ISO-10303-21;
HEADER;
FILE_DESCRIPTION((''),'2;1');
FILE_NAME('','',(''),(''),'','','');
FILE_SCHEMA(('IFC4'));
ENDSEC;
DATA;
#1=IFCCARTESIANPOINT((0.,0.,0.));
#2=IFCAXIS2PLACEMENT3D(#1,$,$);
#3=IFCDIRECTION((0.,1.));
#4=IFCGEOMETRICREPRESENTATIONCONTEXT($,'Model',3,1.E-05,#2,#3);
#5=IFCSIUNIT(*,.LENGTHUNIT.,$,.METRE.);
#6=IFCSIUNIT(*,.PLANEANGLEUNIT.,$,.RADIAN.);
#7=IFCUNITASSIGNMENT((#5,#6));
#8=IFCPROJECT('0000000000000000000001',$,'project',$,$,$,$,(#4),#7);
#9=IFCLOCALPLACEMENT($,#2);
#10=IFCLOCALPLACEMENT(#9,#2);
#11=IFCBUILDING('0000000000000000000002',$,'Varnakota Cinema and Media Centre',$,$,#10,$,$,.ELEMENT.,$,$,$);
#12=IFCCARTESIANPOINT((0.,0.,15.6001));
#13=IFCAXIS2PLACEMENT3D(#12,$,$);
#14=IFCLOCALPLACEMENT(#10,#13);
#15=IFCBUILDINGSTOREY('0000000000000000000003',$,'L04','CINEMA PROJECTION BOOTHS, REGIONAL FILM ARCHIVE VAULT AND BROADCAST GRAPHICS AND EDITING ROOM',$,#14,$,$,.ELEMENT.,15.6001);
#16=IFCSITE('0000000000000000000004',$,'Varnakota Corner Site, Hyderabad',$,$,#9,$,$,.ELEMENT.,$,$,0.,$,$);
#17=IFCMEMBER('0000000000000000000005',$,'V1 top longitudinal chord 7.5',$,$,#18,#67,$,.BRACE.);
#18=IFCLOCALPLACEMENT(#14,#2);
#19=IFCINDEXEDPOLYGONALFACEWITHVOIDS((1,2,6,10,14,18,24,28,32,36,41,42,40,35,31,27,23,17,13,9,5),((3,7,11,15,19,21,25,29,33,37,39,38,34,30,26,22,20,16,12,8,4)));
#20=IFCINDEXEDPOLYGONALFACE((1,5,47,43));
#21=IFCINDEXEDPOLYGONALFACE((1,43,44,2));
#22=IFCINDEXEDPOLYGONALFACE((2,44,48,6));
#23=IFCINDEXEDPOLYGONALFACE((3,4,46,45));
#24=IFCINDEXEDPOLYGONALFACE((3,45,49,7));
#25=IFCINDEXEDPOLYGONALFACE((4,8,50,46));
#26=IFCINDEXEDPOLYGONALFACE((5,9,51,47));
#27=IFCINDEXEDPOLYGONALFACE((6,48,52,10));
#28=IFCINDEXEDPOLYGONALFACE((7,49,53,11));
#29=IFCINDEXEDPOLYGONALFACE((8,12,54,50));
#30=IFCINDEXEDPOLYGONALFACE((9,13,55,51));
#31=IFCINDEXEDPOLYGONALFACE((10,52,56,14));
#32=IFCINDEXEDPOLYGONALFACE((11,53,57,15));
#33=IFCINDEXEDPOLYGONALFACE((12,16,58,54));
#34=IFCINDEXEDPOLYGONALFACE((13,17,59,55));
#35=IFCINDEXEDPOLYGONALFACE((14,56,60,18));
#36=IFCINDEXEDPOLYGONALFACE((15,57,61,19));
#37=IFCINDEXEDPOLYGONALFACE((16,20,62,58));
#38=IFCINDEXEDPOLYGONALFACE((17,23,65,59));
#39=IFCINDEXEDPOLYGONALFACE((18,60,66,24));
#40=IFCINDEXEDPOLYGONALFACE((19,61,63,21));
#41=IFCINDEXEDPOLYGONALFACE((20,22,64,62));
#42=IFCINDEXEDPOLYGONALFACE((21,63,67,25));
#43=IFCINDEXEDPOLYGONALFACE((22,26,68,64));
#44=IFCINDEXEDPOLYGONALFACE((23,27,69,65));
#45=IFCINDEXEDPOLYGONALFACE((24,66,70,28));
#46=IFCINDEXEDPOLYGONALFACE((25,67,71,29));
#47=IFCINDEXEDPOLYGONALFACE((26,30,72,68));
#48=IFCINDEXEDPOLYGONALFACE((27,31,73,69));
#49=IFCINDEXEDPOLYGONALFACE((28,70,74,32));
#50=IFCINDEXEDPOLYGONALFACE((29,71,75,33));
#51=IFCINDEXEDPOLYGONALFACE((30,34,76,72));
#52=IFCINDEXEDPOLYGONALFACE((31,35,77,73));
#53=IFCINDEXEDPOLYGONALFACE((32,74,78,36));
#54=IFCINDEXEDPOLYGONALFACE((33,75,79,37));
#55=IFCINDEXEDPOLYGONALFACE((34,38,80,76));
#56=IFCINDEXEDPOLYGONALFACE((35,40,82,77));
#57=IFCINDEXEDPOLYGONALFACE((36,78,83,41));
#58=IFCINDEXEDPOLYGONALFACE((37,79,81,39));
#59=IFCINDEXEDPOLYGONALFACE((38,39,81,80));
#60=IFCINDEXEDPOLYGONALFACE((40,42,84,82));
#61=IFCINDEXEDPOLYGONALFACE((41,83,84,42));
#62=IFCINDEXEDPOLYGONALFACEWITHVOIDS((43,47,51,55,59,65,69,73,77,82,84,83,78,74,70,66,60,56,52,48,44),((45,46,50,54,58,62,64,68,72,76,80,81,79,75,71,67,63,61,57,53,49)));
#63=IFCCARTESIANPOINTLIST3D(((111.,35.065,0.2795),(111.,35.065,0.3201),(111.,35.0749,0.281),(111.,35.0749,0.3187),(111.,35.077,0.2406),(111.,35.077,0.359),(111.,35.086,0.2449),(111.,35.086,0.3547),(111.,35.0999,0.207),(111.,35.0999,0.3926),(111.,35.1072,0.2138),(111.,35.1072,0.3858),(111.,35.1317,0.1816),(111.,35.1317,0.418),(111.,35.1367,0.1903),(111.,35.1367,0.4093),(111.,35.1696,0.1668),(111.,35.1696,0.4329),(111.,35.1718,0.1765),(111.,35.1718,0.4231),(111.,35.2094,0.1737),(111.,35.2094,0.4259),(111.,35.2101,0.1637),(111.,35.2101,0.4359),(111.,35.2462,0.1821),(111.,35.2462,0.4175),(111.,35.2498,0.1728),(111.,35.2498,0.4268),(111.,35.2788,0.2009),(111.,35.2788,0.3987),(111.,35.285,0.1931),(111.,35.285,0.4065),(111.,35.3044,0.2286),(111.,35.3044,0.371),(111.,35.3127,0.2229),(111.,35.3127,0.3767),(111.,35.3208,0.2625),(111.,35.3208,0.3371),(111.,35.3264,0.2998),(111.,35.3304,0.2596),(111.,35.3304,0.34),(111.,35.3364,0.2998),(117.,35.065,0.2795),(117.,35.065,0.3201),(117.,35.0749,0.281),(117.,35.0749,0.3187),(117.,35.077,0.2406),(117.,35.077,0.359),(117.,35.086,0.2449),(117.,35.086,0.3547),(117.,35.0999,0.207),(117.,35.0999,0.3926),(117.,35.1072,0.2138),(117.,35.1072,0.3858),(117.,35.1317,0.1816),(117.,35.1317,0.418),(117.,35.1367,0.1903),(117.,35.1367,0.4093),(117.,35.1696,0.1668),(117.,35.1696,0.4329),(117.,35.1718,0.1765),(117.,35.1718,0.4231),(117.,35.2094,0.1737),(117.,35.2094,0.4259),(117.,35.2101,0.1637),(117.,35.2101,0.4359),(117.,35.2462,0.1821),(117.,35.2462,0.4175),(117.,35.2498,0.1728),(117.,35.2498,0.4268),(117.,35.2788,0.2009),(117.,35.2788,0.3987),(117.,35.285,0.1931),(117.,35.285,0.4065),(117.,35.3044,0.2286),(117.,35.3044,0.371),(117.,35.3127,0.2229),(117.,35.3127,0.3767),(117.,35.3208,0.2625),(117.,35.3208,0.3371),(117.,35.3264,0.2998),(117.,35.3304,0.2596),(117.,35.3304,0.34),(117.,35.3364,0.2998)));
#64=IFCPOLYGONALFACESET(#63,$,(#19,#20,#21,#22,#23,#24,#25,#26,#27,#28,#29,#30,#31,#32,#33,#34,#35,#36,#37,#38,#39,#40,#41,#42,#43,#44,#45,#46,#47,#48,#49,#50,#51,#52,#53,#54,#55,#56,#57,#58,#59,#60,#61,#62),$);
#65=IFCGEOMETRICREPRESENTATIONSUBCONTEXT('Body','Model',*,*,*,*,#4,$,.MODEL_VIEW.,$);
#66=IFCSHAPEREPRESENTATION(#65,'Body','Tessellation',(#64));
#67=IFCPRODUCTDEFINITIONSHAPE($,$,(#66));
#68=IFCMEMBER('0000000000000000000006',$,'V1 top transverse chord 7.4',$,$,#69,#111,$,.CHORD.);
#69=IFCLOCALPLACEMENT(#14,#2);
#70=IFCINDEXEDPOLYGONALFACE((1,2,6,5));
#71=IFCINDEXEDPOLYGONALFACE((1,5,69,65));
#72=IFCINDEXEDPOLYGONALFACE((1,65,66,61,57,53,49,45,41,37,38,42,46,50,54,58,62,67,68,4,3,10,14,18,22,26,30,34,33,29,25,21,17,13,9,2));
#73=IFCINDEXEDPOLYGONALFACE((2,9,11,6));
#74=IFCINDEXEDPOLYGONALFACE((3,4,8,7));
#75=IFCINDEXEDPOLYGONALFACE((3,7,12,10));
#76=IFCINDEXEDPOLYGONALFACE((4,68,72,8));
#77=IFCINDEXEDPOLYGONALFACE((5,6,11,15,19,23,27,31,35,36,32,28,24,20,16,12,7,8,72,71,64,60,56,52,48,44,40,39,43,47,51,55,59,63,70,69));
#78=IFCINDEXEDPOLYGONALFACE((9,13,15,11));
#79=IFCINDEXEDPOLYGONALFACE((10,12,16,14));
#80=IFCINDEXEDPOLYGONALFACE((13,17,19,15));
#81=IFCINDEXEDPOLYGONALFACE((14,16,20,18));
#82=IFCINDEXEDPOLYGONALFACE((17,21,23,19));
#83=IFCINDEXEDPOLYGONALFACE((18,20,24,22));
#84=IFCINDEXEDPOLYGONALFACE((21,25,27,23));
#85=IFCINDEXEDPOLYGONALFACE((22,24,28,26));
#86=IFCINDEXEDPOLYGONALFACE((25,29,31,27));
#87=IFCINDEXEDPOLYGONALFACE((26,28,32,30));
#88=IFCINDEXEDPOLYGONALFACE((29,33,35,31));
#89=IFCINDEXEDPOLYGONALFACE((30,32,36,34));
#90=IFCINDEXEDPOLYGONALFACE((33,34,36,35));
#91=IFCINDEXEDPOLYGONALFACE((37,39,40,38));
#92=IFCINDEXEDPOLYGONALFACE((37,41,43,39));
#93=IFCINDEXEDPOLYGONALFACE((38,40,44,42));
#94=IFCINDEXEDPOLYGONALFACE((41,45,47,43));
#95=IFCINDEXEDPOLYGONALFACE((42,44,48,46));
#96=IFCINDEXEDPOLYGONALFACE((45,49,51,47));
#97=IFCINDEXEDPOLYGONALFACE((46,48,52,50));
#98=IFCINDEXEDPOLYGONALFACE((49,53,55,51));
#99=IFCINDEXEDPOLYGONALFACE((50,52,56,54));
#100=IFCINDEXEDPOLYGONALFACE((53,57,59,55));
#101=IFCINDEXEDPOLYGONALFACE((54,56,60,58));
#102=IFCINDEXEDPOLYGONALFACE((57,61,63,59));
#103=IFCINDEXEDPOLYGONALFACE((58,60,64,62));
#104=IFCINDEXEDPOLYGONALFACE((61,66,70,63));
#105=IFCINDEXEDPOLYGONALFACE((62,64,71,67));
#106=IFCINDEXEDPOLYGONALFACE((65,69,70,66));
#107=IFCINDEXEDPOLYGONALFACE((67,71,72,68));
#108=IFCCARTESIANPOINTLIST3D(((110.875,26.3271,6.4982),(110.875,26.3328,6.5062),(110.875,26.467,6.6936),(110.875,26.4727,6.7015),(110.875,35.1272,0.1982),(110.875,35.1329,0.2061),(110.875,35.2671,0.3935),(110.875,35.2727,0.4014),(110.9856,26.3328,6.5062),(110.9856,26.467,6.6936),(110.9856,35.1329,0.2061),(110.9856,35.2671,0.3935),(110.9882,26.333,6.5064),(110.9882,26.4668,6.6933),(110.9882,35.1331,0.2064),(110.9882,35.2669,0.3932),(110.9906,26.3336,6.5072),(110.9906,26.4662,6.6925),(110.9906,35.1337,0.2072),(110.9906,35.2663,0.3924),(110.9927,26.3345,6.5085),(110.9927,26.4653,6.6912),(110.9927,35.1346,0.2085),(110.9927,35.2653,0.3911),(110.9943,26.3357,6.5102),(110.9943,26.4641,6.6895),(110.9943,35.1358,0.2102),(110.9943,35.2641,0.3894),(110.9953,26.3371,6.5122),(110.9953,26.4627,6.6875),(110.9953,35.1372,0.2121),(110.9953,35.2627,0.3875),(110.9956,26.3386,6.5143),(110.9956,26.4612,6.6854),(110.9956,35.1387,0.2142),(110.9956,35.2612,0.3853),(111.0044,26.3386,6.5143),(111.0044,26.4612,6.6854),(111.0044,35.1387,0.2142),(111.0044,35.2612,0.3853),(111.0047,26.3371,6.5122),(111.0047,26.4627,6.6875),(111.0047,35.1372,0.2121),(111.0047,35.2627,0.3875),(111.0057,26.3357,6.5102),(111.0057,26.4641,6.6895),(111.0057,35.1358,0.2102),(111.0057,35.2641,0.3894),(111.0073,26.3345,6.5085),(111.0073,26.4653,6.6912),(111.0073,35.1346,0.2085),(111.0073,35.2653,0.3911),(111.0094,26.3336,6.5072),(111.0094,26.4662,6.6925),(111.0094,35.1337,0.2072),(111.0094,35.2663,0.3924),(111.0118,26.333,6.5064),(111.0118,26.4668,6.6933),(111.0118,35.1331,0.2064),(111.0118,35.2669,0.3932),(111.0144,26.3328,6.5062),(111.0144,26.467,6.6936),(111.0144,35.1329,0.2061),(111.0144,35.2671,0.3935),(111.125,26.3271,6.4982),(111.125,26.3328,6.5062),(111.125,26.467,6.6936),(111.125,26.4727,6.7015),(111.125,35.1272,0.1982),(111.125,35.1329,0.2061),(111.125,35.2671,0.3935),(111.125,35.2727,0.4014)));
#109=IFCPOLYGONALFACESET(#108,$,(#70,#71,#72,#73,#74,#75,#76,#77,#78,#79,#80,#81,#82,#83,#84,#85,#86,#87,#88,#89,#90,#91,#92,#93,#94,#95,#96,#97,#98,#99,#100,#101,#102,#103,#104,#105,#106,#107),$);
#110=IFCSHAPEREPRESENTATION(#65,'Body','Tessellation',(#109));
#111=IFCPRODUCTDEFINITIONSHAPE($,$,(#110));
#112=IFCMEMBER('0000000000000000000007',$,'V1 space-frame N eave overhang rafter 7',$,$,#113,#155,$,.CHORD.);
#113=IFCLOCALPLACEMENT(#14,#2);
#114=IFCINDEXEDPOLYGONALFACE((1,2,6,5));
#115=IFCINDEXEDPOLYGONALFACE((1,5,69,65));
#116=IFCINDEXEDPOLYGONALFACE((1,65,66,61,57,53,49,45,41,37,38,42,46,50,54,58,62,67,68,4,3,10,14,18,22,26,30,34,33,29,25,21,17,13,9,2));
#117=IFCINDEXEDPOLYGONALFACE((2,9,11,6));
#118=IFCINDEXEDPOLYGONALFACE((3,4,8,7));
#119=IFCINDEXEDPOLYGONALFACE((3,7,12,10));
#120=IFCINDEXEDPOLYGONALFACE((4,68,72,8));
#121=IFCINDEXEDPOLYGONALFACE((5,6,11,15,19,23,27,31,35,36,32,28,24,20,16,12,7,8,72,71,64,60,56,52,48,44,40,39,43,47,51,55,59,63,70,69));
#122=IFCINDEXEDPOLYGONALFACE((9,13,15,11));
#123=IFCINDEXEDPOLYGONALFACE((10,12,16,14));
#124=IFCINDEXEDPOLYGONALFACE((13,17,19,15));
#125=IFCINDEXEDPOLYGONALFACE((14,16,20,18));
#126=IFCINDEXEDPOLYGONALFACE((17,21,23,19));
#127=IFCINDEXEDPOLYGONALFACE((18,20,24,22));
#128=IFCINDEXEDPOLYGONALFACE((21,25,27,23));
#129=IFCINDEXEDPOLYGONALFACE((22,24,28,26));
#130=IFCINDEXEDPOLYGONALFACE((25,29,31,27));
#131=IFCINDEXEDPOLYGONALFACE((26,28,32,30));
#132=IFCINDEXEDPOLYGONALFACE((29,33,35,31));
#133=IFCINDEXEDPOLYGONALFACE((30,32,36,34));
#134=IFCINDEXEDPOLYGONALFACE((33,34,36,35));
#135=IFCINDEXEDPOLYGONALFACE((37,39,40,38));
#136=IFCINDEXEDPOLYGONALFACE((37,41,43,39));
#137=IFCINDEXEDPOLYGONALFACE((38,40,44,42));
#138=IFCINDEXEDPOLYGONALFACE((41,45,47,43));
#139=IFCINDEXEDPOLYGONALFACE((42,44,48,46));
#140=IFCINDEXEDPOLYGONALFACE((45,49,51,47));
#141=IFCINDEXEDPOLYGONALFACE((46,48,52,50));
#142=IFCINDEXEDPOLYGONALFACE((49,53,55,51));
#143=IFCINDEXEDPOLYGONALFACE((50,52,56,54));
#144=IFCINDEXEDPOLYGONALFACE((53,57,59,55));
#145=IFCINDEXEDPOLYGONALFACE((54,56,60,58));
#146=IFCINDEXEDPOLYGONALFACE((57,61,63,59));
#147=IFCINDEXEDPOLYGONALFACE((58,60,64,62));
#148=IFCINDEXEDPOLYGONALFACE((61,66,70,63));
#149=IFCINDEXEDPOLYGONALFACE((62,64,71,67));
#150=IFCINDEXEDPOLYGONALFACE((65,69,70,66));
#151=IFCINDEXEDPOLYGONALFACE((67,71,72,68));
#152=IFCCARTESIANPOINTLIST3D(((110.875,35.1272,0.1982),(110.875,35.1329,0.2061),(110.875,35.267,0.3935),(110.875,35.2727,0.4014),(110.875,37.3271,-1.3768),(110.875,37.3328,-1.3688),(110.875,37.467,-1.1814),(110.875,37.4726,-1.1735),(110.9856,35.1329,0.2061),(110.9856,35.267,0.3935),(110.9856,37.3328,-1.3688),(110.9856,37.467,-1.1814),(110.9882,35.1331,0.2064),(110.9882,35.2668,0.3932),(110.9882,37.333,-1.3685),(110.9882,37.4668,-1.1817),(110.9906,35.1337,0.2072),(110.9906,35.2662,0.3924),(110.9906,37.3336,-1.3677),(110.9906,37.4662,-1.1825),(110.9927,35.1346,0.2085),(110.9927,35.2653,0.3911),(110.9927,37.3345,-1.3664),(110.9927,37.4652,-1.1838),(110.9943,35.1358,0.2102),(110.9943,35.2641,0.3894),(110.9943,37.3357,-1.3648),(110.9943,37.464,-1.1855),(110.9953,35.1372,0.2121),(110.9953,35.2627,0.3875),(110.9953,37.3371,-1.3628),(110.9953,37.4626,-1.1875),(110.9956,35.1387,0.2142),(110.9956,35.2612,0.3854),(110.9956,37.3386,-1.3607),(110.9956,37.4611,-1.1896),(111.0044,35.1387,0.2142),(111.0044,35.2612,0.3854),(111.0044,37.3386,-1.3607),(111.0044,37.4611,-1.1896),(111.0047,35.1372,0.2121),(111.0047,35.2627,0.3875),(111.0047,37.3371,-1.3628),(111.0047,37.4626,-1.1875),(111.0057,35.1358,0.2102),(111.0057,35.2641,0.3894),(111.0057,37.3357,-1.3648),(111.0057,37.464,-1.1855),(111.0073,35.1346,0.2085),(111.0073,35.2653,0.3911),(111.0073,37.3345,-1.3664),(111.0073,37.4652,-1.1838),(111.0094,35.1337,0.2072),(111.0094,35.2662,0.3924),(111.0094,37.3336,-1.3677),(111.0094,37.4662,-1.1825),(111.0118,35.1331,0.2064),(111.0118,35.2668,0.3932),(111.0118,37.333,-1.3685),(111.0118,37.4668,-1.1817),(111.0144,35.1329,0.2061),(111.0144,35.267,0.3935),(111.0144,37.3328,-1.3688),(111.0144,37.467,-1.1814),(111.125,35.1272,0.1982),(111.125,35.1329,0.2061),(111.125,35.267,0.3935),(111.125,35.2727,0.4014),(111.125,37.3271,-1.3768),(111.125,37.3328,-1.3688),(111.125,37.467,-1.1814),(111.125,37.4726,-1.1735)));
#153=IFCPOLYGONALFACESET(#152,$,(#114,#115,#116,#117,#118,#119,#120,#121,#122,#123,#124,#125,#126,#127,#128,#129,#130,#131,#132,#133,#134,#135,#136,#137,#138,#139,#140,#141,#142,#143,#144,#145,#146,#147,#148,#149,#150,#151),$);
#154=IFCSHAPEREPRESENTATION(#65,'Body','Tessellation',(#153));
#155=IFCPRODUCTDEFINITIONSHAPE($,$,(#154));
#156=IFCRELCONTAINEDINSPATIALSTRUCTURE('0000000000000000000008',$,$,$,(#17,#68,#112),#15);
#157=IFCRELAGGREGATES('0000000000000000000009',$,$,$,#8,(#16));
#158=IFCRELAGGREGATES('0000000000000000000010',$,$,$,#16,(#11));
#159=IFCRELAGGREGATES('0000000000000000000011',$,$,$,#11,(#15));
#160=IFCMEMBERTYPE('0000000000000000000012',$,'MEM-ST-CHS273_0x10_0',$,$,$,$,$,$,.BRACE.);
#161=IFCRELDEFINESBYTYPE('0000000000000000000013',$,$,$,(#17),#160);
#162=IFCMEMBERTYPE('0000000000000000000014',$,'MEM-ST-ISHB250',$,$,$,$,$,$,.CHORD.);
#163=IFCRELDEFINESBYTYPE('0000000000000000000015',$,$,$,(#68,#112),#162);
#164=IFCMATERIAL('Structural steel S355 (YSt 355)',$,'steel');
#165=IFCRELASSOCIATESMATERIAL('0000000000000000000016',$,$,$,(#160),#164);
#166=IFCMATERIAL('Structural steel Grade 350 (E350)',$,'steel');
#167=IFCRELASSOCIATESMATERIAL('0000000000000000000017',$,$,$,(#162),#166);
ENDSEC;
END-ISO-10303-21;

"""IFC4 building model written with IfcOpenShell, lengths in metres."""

from ifc_helpers import new_model, si_unit, direction, frame, origin, origin_2d, place, context, subcontext, project, spatial, hollow_circle, i_section, extrude, material, material_profile, profile_set, type_object, element, save


model = new_model("IFC4")

# Units and contexts
model_context = context("Model", 3, precision=1e-05, world=origin(), true_north=direction((0.0, 1.0)))
body_context = subcontext(model_context, "Body", "Model", "MODEL_VIEW")
ifc_project = project(units=[si_unit("LENGTHUNIT", "METRE"), si_unit("PLANEANGLEUNIT", "RADIAN")], contexts=[model_context])

# Site, building, storey
site_placement = place(None, origin())
site = spatial("IfcSite", under=ifc_project, at=site_placement, Name="Varnakota Corner Site, Hyderabad", CompositionType="ELEMENT", RefElevation=0.0)
building_placement = place(site_placement, origin())
building = spatial("IfcBuilding", under=site, at=building_placement, Name="Varnakota Cinema and Media Centre", CompositionType="ELEMENT")
storey_placement = place(building_placement, frame((0.0, 0.0, 15.6001)))
storey = spatial("IfcBuildingStorey", under=building, at=storey_placement, Name="L04", Description="CINEMA PROJECTION BOOTHS, REGIONAL FILM ARCHIVE VAULT AND BROADCAST GRAPHICS AND EDITING ROOM", CompositionType="ELEMENT", Elevation=15.6001)

# Members
ifc_material_1 = material(Name="Structural steel S355 (YSt 355)", Category="steel")
ifc_material_profile_1 = material_profile(ifc_material_1, hollow_circle(Radius=0.1365, WallThickness=0.01, at=origin_2d()), Name="CHS 273.0x10.0")
ifc_profile_set_1 = profile_set([ifc_material_profile_1], Name="Structural steel S355 (YSt 355)")
member_type_1 = type_object("IfcMemberType", Name="MEM-ST-CHS273_0x10_0", PredefinedType="BRACE", material=ifc_profile_set_1)
member_1_placement = place(storey_placement, frame((111.0, 35.2, 0.2998), z_axis=(1.0, 0.0, 0.0), x_axis=(0.0, 1.0, 0.0)))
element("IfcMember", 1, at=member_1_placement, inside=storey, type_object=member_type_1, Name="V1 top longitudinal chord 7.5", PredefinedType="BRACE", context=body_context, shape_type="SweptSolid", body=[
    extrude(hollow_circle(Radius=0.1365, WallThickness=0.01, at=origin_2d()), origin(), (0.0, 0.0, 1.0), 6.0),
])
ifc_material_2 = material(Name="Structural steel Grade 350 (E350)", Category="steel")
ifc_material_profile_2 = material_profile(ifc_material_2, i_section(OverallWidth=0.25, OverallDepth=0.25, WebThickness=0.0088, FlangeThickness=0.0098, FilletRadius=0.01, at=origin_2d()), Name="ISHB 250")
ifc_profile_set_2 = profile_set([ifc_material_profile_2], Name="Structural steel Grade 350 (E350)")
member_type_2 = type_object("IfcMemberType", Name="MEM-ST-ISHB250", PredefinedType="CHORD", material=ifc_profile_set_2)
member_2_placement = place(storey_placement, frame((111.0, 26.3999, 6.5999), z_axis=(0.0, 0.813108, -0.582113), x_axis=(-1.0, 0.0, 0.0)))
element("IfcMember", 2, at=member_2_placement, inside=storey, type_object=member_type_2, Name="V1 top transverse chord 7.4", PredefinedType="CHORD", context=body_context, shape_type="SweptSolid", body=[
    extrude(i_section(OverallWidth=0.25, OverallDepth=0.25, WebThickness=0.0088, FlangeThickness=0.0098, FilletRadius=0.01, at=origin_2d()), origin(), (0.0, 0.0, 1.0), 10.8228),
])
member_3_placement = place(storey_placement, frame((111.0, 35.2, 0.2998), z_axis=(0.0, 0.813111, -0.582109), x_axis=(-1.0, 0.0, 0.0)))
element("IfcMember", 3, at=member_3_placement, inside=storey, type_object=member_type_2, Name="V1 space-frame N eave overhang rafter 7", PredefinedType="CHORD", context=body_context, shape_type="SweptSolid", body=[
    extrude(i_section(OverallWidth=0.25, OverallDepth=0.25, WebThickness=0.0088, FlangeThickness=0.0098, FilletRadius=0.01, at=origin_2d()), origin(), (0.0, 0.0, 1.0), 2.7056),
])

save(model, "model.ifc")
